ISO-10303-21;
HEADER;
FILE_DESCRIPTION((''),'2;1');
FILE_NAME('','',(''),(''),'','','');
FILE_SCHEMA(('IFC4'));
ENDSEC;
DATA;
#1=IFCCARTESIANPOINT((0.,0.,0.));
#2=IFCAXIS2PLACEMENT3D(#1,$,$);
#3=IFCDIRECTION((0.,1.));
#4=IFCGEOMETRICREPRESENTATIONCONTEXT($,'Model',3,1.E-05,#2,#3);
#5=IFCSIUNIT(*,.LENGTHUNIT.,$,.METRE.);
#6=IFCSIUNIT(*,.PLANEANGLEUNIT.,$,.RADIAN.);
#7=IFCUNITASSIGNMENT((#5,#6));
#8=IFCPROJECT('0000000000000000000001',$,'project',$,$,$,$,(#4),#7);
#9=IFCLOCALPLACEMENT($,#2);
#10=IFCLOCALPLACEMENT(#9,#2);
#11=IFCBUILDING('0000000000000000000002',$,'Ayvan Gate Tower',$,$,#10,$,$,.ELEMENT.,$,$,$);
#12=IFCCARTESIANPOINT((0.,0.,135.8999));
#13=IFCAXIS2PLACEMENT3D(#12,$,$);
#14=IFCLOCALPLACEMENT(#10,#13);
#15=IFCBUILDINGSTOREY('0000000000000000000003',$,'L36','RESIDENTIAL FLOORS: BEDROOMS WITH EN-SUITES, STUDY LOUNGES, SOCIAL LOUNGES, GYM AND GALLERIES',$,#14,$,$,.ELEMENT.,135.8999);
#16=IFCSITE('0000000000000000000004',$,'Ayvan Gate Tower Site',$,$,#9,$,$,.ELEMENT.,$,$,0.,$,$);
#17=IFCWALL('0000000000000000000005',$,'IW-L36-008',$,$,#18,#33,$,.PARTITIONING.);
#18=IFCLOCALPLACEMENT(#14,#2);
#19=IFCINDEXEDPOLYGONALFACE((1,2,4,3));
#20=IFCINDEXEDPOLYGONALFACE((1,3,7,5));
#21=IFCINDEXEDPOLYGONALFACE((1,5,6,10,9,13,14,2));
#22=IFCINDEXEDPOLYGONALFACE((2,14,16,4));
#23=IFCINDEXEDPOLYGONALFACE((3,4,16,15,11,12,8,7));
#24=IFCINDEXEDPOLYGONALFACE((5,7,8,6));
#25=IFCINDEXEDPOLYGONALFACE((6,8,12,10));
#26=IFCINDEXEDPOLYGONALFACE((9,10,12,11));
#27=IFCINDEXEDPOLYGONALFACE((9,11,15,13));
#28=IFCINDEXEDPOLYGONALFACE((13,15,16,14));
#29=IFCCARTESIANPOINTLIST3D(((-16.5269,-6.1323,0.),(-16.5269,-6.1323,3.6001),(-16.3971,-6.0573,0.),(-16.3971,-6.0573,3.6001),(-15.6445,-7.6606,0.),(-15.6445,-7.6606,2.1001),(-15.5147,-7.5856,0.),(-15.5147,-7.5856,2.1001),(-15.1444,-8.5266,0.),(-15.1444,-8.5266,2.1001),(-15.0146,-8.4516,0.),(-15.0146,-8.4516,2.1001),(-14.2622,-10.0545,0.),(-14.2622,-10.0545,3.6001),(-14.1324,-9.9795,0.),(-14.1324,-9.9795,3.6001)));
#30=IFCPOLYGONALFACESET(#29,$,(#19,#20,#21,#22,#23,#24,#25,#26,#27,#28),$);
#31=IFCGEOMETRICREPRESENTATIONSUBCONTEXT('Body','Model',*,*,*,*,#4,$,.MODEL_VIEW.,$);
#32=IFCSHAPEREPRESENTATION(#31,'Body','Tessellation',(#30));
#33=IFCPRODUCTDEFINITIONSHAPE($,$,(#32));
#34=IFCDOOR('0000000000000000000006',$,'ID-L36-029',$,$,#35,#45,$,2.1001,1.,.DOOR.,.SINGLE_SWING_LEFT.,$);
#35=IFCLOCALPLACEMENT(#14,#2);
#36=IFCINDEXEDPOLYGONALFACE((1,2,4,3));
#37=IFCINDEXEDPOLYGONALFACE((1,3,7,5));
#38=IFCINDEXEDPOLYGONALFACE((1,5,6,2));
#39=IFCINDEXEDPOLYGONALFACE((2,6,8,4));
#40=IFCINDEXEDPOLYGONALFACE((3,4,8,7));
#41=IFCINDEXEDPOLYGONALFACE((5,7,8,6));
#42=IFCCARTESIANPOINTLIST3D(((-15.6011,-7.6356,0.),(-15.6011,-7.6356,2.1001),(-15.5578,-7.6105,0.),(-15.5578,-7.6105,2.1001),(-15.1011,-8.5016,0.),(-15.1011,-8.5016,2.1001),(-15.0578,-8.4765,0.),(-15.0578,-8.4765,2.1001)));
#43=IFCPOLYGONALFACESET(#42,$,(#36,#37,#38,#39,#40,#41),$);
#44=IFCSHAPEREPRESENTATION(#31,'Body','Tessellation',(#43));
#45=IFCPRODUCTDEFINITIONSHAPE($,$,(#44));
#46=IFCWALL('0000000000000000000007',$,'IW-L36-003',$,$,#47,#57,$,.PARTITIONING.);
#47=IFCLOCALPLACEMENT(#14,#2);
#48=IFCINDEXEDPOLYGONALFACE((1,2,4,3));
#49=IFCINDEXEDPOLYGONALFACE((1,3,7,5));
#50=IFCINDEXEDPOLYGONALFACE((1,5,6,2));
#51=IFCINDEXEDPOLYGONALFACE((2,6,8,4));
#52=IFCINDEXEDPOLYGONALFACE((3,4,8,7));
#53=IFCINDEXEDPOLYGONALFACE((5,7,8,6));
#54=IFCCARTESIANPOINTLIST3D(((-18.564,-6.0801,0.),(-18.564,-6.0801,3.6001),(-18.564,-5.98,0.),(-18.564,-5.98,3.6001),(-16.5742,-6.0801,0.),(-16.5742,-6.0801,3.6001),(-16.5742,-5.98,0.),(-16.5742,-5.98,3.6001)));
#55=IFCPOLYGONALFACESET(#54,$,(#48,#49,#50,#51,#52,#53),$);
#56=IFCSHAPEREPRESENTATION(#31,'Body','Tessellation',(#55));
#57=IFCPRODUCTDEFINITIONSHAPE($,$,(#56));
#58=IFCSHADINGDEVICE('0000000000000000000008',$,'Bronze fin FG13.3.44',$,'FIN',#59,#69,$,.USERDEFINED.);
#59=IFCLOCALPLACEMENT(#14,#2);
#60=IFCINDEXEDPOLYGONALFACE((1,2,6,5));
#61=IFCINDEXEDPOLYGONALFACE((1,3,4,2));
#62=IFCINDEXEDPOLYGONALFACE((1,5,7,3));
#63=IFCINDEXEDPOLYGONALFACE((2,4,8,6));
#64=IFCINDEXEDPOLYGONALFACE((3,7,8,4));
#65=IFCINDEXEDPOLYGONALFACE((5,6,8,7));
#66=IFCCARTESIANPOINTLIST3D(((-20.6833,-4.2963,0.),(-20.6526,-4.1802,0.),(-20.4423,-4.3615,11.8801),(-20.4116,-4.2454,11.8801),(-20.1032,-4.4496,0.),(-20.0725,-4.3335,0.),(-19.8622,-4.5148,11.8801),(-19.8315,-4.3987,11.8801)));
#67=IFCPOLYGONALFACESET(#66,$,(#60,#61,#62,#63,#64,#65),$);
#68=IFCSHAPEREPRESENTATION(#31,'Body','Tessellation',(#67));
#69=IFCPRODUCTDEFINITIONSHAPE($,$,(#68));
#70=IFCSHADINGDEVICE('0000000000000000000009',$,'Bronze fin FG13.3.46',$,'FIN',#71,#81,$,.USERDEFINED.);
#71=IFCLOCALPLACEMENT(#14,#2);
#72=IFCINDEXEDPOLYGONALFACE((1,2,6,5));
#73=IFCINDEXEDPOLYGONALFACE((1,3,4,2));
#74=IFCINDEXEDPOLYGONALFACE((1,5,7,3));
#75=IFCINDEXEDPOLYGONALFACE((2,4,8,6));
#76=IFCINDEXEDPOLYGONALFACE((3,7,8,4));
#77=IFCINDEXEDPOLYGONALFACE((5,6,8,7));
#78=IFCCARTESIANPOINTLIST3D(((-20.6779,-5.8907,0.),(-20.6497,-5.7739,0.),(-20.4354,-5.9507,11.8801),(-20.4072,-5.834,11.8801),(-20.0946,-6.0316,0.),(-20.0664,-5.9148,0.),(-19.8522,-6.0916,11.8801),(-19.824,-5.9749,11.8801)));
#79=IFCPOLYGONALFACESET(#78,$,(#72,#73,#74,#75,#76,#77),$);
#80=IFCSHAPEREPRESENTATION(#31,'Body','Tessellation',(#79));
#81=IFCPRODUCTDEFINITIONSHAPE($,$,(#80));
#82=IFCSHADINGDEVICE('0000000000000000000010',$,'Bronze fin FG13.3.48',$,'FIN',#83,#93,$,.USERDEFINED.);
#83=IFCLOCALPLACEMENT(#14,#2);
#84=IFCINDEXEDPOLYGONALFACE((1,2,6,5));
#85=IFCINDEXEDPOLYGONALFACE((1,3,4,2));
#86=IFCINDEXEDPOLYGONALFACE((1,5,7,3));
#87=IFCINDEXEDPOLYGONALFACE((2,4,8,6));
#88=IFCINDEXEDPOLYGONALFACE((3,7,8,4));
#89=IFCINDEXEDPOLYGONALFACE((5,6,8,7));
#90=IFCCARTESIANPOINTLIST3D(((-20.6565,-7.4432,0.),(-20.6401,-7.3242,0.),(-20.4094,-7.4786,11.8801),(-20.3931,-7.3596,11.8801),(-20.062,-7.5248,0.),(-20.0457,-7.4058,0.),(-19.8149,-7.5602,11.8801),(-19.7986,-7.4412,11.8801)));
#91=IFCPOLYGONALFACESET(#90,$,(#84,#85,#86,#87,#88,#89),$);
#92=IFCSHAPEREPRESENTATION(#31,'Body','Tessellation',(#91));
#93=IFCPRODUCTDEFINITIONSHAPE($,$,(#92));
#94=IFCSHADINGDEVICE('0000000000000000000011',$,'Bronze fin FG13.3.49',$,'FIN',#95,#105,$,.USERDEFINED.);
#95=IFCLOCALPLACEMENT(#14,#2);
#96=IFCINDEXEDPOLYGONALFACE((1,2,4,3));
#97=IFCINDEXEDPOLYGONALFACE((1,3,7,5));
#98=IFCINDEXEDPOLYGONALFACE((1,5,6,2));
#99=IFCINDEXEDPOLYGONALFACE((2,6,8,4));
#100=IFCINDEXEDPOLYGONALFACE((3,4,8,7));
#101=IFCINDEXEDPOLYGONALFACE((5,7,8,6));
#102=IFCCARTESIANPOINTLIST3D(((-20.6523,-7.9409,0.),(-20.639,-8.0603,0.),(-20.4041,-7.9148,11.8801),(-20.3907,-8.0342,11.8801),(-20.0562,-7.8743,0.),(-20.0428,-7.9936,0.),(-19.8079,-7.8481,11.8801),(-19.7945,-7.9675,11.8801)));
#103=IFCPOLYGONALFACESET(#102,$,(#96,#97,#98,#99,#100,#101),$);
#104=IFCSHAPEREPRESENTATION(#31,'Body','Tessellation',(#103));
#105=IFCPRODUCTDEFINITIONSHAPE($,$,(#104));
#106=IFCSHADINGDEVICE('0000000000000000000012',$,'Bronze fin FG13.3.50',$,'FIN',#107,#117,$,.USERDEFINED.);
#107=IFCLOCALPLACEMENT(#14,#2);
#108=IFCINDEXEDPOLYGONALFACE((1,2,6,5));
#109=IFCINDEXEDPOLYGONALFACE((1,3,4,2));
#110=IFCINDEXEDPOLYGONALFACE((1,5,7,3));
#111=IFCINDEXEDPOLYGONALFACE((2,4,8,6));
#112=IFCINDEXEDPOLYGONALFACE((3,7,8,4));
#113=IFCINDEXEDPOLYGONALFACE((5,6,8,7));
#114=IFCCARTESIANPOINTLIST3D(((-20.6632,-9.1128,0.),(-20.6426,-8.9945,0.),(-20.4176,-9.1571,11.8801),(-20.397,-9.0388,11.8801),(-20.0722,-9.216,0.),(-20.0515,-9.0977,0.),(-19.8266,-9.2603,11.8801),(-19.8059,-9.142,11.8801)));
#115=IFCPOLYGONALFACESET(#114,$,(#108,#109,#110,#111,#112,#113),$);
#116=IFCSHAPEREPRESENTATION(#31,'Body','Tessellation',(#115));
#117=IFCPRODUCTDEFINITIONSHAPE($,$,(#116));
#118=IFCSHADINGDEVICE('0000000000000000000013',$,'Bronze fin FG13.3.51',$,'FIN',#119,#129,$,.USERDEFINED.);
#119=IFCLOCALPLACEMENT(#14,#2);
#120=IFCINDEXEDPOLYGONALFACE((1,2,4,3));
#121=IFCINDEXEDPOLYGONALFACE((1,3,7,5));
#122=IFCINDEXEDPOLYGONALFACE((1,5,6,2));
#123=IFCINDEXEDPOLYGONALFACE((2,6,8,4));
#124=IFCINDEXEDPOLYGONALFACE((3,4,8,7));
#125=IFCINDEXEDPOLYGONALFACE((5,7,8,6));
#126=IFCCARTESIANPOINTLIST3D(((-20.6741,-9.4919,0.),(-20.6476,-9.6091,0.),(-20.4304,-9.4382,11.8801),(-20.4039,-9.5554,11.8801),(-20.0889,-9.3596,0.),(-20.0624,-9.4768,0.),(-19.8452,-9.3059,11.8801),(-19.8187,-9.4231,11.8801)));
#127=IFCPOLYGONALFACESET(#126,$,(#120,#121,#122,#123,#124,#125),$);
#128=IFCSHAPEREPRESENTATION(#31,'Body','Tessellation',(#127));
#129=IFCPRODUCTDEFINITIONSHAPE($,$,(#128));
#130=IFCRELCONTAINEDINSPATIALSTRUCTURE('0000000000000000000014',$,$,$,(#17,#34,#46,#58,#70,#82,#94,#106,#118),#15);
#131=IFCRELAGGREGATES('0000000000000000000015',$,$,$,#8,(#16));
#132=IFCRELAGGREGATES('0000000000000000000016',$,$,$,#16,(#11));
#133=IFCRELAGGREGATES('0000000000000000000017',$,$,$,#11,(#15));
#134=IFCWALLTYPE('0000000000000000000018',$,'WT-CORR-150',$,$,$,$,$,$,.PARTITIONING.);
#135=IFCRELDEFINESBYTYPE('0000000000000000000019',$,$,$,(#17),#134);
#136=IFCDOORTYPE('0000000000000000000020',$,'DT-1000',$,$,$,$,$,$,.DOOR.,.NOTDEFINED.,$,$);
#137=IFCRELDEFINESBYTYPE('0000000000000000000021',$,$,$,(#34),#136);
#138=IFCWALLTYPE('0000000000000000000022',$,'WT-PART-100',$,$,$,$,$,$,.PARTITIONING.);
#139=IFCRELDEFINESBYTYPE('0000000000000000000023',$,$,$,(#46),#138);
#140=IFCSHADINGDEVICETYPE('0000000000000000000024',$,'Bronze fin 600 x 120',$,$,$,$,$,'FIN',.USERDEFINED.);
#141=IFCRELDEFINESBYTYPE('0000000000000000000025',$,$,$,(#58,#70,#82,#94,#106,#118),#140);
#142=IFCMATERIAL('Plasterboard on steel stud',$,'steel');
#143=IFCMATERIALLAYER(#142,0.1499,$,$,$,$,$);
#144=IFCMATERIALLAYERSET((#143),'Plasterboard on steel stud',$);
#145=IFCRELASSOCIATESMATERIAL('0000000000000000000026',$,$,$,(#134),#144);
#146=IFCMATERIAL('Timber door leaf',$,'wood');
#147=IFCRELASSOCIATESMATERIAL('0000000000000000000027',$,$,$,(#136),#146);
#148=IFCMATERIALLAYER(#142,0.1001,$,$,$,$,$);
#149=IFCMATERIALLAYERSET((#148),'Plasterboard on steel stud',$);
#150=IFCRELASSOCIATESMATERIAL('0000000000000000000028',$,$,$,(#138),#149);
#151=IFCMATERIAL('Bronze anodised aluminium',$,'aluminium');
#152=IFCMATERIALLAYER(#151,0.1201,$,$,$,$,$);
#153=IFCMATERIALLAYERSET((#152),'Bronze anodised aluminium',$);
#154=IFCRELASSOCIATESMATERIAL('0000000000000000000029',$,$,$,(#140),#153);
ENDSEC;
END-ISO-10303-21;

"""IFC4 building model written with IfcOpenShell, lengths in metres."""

from ifc_helpers import new_model, si_unit, direction, frame, frame_2d, origin, place, context, subcontext, project, spatial, polyline, rectangle, outline, extrude, material, layer, layer_set, type_object, element, fill, save


model = new_model("IFC4")

# Units and contexts
model_context = context("Model", 3, precision=1e-05, world=origin(), true_north=direction((0.0, 1.0)))
body_context = subcontext(model_context, "Body", "Model", "MODEL_VIEW")
ifc_project = project(units=[si_unit("LENGTHUNIT", "METRE"), si_unit("PLANEANGLEUNIT", "RADIAN")], contexts=[model_context])

# Site, building, storey
site_placement = place(None, origin())
site = spatial("IfcSite", under=ifc_project, at=site_placement, Name="Ayvan Gate Tower Site", CompositionType="ELEMENT", RefElevation=0.0)
building_placement = place(site_placement, origin())
building = spatial("IfcBuilding", under=site, at=building_placement, Name="Ayvan Gate Tower", CompositionType="ELEMENT")
storey_placement = place(building_placement, frame((0.0, 0.0, 135.8999)))
storey = spatial("IfcBuildingStorey", under=building, at=storey_placement, Name="L36", Description="RESIDENTIAL FLOORS: BEDROOMS WITH EN-SUITES, STUDY LOUNGES, SOCIAL LOUNGES, GYM AND GALLERIES", CompositionType="ELEMENT", Elevation=135.8999)

# Shared definitions
ifc_material_1 = material(Name="Bronze anodised aluminium", Category="aluminium")

# Wall, opening, door
ifc_material_2 = material(Name="Plasterboard on steel stud", Category="steel")
ifc_layer_1 = layer(ifc_material_2, 0.1499)
ifc_layer_set_1 = layer_set([ifc_layer_1], Name="Plasterboard on steel stud")
wall_type_1 = type_object("IfcWallType", Name="WT-CORR-150", PredefinedType="PARTITIONING", material=ifc_layer_set_1)
ifc_material_3 = material(Name="Timber door leaf", Category="wood")
door_type = type_object("IfcDoorType", Name="DT-1000", OperationType="NOTDEFINED", PredefinedType="DOOR", material=ifc_material_3)
wall_1_placement = place(storey_placement, frame((-14.1973, -10.0171, 0.0), z_axis=(0.0, 0.0, 1.0), x_axis=(-0.500035, 0.866005, 0.0)))
wall_1 = element("IfcWall", 1, at=wall_1_placement, inside=storey, type_object=wall_type_1, Name="IW-L36-008", PredefinedType="PARTITIONING", context=body_context, shape_type="SweptSolid", body=[
    extrude(rectangle(XDim=4.5291, YDim=0.1499, at=frame_2d((2.2646, 0.0))), origin(), (0.0, 0.0, 1.0), 3.6001),
])
opening_1_placement = place(wall_1_placement, frame((1.7644, 0.0, 0.0)))
opening_1 = element("IfcOpeningElement", 2, at=opening_1_placement, cuts=wall_1, PredefinedType="OPENING", context=body_context, shape_type="SweptSolid", body=[
    extrude(rectangle(XDim=1.0, YDim=2.1001, at=frame_2d((0.5, 1.05))), frame((0.0, 0.085, 0.0), z_axis=(0.0, -1.0, 0.0), x_axis=(1.0, 0.0, 0.0)), (0.0, 0.0, 1.0), 0.1699),
])
door_1_placement = place(opening_1_placement, origin())
door_1 = element("IfcDoor", 3, at=door_1_placement, inside=storey, type_object=door_type, Name="ID-L36-029", OperationType="SINGLE_SWING_LEFT", OverallHeight=2.1001, OverallWidth=1.0, PredefinedType="DOOR", context=body_context, shape_type="SweptSolid", body=[
    extrude(rectangle(XDim=1.0, YDim=2.1001, at=frame_2d((0.5, 1.05))), frame((0.0, 0.0249, 0.0), z_axis=(0.0, -1.0, 0.0), x_axis=(1.0, 0.0, 0.0)), (0.0, 0.0, 1.0), 0.05),
])
fill(opening_1, door_1)

# Wall
ifc_layer_2 = layer(ifc_material_2, 0.1001)
ifc_layer_set_2 = layer_set([ifc_layer_2], Name="Plasterboard on steel stud")
wall_type_2 = type_object("IfcWallType", Name="WT-PART-100", PredefinedType="PARTITIONING", material=ifc_layer_set_2)
wall_2_placement = place(storey_placement, frame((-16.5742, -6.03, 0.0), z_axis=(0.0, 0.0, 1.0), x_axis=(-1.0, 0.0, 0.0)))
element("IfcWall", 4, at=wall_2_placement, inside=storey, type_object=wall_type_2, Name="IW-L36-003", PredefinedType="PARTITIONING", context=body_context, shape_type="SweptSolid", body=[
    extrude(rectangle(XDim=1.9897, YDim=0.1001, at=frame_2d((0.9949, 0.0))), origin(), (0.0, 0.0, 1.0), 3.6001),
])

# Shading devices
ifc_layer_3 = layer(ifc_material_1, 0.1201)
ifc_layer_set_3 = layer_set([ifc_layer_3], Name="Bronze anodised aluminium")
shading_device_type = type_object("IfcShadingDeviceType", Name="Bronze fin 600 x 120", ElementType="FIN", PredefinedType="USERDEFINED", material=ifc_layer_set_3)
shading_device_1_placement = place(storey_placement, frame((-20.0725, -4.3335, 0.0), z_axis=(0.255535, 0.9668, 0.000122), x_axis=(-0.9668, 0.255535, 0.0)))
element("IfcShadingDevice", 5, at=shading_device_1_placement, inside=storey, type_object=shading_device_type, Name="Bronze fin FG13.3.44", ObjectType="FIN", PredefinedType="USERDEFINED", context=body_context, shape_type="SweptSolid", body=[
    extrude(outline(polyline([(0.0, 0.0), (0.6, 0.0), (0.3504, 11.8801), (-0.2496, 11.8801), (0.0, 0.0)])), origin(), (0.0, 0.0, -1.0), 0.1201),
])
shading_device_2_placement = place(storey_placement, frame((-20.0664, -5.9148, 0.0), z_axis=(0.234773, 0.97205, 0.000123), x_axis=(-0.97205, 0.234773, 0.0)))
element("IfcShadingDevice", 6, at=shading_device_2_placement, inside=storey, type_object=shading_device_type, Name="Bronze fin FG13.3.46", ObjectType="FIN", PredefinedType="USERDEFINED", context=body_context, shape_type="SweptSolid", body=[
    extrude(outline(polyline([(0.0, 0.0), (0.6, 0.0), (0.3503, 11.8801), (-0.2498, 11.8801), (0.0, 0.0)])), origin(), (0.0, 0.0, -1.0), 0.1201),
])
shading_device_3_placement = place(storey_placement, frame((-20.0457, -7.4058, 0.0), z_axis=(0.135894, 0.990723, 0.000126), x_axis=(-0.990723, 0.135894, 0.0)))
element("IfcShadingDevice", 7, at=shading_device_3_placement, inside=storey, type_object=shading_device_type, Name="Bronze fin FG13.3.48", ObjectType="FIN", PredefinedType="USERDEFINED", context=body_context, shape_type="SweptSolid", body=[
    extrude(outline(polyline([(0.0, 0.0), (0.6, 0.0), (0.3505, 11.8801), (-0.2496, 11.8801), (0.0, 0.0)])), origin(), (0.0, 0.0, -1.0), 0.1201),
])
shading_device_4_placement = place(storey_placement, frame((-20.0562, -7.8743, 0.0), z_axis=(-0.111102, 0.993809, 0.000137), x_axis=(-0.993809, -0.111102, 0.0)))
element("IfcShadingDevice", 8, at=shading_device_4_placement, inside=storey, type_object=shading_device_type, Name="Bronze fin FG13.3.49", ObjectType="FIN", PredefinedType="USERDEFINED", context=body_context, shape_type="SweptSolid", body=[
    extrude(outline(polyline([(0.0, 0.0), (0.5999, 0.0), (0.3502, 11.8801), (-0.2497, 11.8801), (0.0, 0.0)])), origin(), (0.0, 0.0, -1.0), 0.1201),
])
shading_device_5_placement = place(storey_placement, frame((-20.0515, -9.0977, 0.0), z_axis=(0.171916, 0.985112, 0.00012), x_axis=(-0.985112, 0.171916, 0.0)))
element("IfcShadingDevice", 9, at=shading_device_5_placement, inside=storey, type_object=shading_device_type, Name="Bronze fin FG13.3.50", ObjectType="FIN", PredefinedType="USERDEFINED", context=body_context, shape_type="SweptSolid", body=[
    extrude(outline(polyline([(0.0, 0.0), (0.6, 0.0), (0.3504, 11.8801), (-0.2495, 11.8801), (0.0, 0.0)])), origin(), (0.0, 0.0, -1.0), 0.1201),
])
shading_device_6_placement = place(storey_placement, frame((-20.0889, -9.3596, 0.0), z_axis=(-0.220548, 0.975376, 0.000114), x_axis=(-0.975376, -0.220548, 0.0)))
element("IfcShadingDevice", 10, at=shading_device_6_placement, inside=storey, type_object=shading_device_type, Name="Bronze fin FG13.3.51", ObjectType="FIN", PredefinedType="USERDEFINED", context=body_context, shape_type="SweptSolid", body=[
    extrude(outline(polyline([(0.0, 0.0), (0.6, 0.0), (0.3505, 11.8801), (-0.2495, 11.8801), (0.0, 0.0)])), origin(), (0.0, 0.0, -1.0), 0.1201),
])

save(model, "model.ifc")
